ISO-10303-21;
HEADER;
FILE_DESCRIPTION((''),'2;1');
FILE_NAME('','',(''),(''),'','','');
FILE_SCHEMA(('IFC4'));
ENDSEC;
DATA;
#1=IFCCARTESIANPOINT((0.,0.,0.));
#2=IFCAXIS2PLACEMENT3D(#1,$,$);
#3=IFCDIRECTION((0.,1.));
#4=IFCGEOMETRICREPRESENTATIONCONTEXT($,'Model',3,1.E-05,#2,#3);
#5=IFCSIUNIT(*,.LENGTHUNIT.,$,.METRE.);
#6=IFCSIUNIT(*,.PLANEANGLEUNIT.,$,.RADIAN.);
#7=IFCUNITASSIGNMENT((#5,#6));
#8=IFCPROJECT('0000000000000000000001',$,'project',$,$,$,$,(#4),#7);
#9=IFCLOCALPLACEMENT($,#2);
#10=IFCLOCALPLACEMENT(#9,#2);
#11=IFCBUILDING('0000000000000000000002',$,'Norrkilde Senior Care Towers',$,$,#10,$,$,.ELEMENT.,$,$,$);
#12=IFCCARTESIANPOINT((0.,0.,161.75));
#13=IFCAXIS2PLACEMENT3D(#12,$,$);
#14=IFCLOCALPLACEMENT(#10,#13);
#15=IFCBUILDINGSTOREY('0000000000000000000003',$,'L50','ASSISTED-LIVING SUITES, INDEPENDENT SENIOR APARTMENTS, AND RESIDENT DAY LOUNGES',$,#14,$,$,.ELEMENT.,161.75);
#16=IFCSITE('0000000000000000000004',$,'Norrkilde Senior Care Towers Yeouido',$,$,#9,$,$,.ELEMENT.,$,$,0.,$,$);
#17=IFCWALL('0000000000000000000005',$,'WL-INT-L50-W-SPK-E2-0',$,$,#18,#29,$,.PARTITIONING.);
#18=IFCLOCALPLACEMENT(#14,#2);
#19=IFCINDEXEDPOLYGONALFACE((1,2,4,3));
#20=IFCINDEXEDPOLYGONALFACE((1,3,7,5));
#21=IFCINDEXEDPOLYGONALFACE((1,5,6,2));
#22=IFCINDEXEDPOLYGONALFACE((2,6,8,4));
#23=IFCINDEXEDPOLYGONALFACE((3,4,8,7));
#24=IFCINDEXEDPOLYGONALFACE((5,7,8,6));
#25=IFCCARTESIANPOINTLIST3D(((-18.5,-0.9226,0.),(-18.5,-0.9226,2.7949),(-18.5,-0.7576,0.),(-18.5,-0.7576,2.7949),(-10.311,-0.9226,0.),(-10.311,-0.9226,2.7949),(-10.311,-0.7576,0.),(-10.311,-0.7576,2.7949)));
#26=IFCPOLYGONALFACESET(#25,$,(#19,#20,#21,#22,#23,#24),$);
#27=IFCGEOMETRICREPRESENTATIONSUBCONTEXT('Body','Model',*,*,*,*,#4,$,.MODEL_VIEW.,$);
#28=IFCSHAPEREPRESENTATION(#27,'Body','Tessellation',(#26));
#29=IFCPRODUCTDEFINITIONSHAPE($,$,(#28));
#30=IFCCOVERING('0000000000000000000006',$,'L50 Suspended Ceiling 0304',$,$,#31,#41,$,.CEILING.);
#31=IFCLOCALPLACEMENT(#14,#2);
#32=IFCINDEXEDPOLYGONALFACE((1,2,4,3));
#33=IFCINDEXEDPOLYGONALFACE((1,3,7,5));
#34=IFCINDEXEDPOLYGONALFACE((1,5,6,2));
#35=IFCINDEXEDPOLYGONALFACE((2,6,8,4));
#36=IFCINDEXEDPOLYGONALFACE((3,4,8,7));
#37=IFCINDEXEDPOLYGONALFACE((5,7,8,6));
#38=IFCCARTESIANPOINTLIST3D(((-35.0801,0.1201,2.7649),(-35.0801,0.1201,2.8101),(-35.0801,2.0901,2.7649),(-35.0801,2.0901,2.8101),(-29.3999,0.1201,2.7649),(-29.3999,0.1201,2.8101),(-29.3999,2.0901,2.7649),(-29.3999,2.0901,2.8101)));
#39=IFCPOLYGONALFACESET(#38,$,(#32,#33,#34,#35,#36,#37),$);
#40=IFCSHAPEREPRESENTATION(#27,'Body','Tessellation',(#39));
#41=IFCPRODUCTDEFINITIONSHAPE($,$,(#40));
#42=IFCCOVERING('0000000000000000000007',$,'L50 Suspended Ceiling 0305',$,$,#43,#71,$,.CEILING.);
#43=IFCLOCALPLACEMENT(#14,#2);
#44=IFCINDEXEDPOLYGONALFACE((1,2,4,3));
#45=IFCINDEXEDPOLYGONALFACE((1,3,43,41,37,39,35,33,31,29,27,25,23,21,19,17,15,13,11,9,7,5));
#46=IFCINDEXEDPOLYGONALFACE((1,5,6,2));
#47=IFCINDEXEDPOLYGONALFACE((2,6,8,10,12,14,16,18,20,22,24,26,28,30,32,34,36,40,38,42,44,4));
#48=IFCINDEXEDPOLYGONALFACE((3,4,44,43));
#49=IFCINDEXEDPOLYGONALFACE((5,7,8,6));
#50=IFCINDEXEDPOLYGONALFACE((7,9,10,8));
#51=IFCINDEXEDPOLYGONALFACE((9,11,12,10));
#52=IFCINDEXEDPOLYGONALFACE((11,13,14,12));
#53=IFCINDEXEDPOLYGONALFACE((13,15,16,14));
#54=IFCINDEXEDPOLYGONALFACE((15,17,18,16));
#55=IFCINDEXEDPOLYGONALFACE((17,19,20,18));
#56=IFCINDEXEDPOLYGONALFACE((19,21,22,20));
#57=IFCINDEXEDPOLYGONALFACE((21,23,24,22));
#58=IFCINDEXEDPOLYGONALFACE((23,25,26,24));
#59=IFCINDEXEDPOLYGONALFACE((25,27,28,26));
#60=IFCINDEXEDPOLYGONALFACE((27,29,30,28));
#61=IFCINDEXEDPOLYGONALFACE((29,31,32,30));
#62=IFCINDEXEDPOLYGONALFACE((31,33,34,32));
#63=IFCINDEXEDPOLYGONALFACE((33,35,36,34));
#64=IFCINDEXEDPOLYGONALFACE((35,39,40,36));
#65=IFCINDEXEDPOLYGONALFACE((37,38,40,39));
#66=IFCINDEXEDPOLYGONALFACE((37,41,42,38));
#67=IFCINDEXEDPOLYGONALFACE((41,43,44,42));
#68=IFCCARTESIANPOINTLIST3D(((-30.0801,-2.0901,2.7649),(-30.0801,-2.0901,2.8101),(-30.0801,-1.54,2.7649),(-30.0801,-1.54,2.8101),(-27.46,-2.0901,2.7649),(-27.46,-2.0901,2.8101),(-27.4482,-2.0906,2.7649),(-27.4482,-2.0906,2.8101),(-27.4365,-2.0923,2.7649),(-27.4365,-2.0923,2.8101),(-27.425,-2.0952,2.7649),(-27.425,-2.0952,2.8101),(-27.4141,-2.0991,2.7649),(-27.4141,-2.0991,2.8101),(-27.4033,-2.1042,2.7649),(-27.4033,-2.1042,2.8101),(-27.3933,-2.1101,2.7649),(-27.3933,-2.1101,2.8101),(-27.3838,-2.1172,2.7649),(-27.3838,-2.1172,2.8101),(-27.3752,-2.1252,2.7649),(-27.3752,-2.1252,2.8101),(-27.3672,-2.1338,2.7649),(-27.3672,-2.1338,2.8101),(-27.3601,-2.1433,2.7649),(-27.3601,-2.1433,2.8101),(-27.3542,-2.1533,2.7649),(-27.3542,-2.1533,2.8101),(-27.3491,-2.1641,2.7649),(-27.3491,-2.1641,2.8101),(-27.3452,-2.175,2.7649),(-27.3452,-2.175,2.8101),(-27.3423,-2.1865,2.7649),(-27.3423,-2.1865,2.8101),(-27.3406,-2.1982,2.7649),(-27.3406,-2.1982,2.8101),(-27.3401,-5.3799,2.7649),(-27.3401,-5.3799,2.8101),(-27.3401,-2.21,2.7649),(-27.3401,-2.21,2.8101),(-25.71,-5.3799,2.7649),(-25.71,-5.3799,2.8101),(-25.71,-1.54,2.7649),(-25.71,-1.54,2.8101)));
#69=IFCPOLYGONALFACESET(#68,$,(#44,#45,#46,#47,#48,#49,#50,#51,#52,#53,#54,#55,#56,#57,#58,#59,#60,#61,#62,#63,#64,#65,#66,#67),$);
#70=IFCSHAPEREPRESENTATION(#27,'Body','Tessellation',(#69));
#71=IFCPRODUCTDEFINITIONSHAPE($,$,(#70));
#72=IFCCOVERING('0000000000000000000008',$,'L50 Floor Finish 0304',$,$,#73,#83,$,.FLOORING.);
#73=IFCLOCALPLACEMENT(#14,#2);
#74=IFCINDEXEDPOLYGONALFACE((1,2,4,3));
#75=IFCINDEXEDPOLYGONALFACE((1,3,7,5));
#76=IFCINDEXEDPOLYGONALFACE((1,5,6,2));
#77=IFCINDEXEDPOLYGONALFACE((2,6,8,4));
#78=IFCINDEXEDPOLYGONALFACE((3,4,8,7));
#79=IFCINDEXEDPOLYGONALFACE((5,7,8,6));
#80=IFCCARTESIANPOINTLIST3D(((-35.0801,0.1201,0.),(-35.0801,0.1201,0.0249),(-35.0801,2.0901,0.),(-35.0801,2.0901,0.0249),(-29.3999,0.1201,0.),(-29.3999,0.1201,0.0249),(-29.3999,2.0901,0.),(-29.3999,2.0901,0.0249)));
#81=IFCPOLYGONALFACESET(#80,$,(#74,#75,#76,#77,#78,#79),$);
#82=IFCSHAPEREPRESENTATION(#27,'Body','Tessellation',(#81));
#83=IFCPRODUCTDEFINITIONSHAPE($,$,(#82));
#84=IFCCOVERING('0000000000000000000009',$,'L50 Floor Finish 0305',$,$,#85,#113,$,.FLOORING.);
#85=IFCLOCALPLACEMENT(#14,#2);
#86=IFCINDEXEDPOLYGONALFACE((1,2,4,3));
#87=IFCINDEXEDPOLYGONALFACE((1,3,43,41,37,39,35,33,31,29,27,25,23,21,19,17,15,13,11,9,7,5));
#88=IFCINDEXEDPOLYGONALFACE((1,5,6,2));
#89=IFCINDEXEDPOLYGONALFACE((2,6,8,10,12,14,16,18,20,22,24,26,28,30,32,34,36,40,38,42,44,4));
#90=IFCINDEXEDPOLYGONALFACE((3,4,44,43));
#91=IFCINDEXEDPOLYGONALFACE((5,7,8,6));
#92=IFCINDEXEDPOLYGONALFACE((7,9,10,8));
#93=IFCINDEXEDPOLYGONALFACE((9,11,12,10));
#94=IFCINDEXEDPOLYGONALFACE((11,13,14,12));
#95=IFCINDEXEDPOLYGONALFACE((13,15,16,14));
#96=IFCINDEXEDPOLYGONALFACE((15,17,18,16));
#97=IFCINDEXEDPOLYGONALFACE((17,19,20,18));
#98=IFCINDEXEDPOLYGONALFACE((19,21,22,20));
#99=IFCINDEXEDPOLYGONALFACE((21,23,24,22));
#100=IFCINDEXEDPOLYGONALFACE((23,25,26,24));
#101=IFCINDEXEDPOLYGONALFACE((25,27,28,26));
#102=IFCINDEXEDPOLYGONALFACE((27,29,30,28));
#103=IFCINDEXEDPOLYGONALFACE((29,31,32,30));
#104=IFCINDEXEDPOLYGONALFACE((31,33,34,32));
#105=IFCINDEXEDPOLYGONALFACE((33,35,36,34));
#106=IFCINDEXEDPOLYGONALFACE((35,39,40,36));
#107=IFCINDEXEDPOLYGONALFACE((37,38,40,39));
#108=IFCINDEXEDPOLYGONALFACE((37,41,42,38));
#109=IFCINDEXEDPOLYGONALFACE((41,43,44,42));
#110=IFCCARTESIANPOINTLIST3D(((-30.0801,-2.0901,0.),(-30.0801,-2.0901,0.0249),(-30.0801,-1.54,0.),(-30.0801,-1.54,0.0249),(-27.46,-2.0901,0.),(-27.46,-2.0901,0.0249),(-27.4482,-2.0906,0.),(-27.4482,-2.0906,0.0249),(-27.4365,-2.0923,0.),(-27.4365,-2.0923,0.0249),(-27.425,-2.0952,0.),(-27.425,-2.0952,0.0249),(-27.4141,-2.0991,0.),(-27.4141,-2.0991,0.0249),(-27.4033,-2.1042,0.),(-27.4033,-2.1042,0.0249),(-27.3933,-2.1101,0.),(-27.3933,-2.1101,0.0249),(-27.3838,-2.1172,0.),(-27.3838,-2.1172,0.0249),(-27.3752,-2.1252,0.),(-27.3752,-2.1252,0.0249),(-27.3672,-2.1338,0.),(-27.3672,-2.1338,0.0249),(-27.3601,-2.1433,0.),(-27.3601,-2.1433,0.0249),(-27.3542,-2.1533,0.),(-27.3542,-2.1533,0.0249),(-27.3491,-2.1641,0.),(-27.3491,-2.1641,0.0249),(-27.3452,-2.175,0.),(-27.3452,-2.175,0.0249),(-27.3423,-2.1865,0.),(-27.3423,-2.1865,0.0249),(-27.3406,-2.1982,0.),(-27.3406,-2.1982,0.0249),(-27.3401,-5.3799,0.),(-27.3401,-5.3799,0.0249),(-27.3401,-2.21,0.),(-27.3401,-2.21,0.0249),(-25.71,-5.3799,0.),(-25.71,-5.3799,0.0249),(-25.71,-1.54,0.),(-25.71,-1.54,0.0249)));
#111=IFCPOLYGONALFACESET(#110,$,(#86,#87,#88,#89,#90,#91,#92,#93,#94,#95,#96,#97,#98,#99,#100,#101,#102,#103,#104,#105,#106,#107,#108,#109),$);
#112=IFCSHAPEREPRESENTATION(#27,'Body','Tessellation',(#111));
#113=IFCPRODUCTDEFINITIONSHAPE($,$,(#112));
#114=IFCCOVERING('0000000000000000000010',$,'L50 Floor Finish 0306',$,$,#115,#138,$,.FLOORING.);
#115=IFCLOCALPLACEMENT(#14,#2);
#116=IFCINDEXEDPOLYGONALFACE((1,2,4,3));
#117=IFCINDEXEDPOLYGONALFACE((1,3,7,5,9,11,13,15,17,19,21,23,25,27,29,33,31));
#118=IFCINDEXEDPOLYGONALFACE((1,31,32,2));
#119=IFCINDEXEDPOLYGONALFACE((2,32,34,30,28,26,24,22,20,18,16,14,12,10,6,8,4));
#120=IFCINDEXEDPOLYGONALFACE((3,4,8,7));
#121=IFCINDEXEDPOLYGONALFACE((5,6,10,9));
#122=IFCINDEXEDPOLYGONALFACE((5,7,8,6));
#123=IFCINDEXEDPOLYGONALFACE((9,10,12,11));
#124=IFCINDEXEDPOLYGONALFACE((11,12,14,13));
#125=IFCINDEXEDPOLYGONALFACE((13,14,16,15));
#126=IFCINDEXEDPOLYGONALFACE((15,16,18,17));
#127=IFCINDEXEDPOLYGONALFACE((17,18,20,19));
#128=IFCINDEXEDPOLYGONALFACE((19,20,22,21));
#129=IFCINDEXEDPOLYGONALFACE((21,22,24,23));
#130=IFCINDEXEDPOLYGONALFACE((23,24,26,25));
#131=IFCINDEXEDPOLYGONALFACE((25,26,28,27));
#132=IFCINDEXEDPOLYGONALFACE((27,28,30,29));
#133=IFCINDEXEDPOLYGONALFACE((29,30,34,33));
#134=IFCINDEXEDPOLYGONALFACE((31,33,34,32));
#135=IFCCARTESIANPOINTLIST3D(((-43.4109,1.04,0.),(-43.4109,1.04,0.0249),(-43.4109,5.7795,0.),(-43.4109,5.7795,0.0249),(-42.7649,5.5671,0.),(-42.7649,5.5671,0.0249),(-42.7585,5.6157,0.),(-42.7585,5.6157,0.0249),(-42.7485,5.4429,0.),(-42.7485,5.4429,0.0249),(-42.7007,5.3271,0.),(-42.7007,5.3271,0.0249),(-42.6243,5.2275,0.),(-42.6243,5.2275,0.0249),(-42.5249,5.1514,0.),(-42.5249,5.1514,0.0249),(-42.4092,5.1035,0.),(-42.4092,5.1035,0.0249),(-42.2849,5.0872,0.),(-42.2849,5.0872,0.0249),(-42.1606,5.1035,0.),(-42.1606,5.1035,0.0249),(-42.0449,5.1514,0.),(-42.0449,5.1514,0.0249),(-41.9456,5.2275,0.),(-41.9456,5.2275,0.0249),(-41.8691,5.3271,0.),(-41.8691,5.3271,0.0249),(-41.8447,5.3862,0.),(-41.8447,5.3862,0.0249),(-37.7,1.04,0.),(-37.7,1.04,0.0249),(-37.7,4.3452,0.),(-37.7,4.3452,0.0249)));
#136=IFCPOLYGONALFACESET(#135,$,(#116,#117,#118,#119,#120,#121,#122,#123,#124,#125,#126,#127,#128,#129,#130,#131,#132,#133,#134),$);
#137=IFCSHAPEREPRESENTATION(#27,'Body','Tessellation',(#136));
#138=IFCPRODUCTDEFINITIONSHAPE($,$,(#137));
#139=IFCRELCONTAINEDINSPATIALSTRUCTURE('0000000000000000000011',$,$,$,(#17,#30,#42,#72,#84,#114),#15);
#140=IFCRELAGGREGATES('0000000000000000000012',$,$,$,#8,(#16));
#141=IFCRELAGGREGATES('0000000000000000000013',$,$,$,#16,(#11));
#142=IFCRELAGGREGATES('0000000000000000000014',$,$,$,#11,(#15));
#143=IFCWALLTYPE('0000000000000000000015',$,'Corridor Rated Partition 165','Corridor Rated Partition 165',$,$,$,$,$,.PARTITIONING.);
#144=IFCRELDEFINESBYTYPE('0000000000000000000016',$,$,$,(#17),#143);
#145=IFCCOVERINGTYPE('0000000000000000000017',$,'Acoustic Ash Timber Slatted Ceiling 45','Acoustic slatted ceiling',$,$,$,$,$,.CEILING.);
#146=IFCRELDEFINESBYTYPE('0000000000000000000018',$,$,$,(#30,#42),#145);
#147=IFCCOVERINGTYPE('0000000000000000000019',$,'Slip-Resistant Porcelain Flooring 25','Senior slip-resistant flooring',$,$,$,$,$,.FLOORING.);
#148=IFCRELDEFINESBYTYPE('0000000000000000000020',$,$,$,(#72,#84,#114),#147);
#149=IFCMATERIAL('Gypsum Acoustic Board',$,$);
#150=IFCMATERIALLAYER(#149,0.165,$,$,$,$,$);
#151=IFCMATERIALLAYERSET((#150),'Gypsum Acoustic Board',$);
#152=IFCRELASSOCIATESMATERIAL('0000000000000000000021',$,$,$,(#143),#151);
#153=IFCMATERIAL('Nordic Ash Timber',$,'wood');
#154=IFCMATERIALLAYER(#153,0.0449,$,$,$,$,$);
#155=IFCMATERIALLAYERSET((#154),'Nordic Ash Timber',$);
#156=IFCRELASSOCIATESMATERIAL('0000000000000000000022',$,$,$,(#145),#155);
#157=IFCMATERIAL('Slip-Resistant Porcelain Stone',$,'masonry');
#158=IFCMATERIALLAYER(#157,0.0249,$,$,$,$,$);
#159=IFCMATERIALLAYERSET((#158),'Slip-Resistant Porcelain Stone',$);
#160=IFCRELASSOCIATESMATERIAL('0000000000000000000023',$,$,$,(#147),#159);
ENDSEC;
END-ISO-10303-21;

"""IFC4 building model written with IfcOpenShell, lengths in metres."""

from ifc_helpers import new_model, si_unit, direction, frame, frame_2d, origin, place, context, subcontext, project, spatial, polyline, rectangle, outline, extrude, source, transform, mapped, material, layer, layer_set, type_object, type_shapes, element, save


model = new_model("IFC4")

# Units and contexts
model_context = context("Model", 3, precision=1e-05, world=origin(), true_north=direction((0.0, 1.0)))
body_context = subcontext(model_context, "Body", "Model", "MODEL_VIEW")
ifc_project = project(units=[si_unit("LENGTHUNIT", "METRE"), si_unit("PLANEANGLEUNIT", "RADIAN")], contexts=[model_context])

# Site, building, storey
site_placement = place(None, origin())
site = spatial("IfcSite", under=ifc_project, at=site_placement, Name="Norrkilde Senior Care Towers Yeouido", CompositionType="ELEMENT", RefElevation=0.0)
building_placement = place(site_placement, origin())
building = spatial("IfcBuilding", under=site, at=building_placement, Name="Norrkilde Senior Care Towers", CompositionType="ELEMENT")
storey_placement = place(building_placement, frame((0.0, 0.0, 161.75)))
storey = spatial("IfcBuildingStorey", under=building, at=storey_placement, Name="L50", Description="ASSISTED-LIVING SUITES, INDEPENDENT SENIOR APARTMENTS, AND RESIDENT DAY LOUNGES", CompositionType="ELEMENT", Elevation=161.75)

# Wall
ifc_material_1 = material(Name="Gypsum Acoustic Board")
ifc_layer_1 = layer(ifc_material_1, 0.165)
ifc_layer_set_1 = layer_set([ifc_layer_1], Name="Gypsum Acoustic Board")
wall_type = type_object("IfcWallType", Name="Corridor Rated Partition 165", Description="Corridor Rated Partition 165", PredefinedType="PARTITIONING", material=ifc_layer_set_1)
shared_shape_1 = source(origin(), body_context, "Body", "SweptSolid", [
    extrude(rectangle(XDim=8.189, YDim=0.165, at=frame_2d((4.0945, 0.0))), origin(), (0.0, 0.0, 1.0), 2.7949),
])
type_shapes(wall_type, [shared_shape_1])
wall_placement = place(storey_placement, frame((-10.311, -0.8401, 0.0), z_axis=(0.0, 0.0, 1.0), x_axis=(-1.0, 0.0, 0.0)))
element("IfcWall", 1, at=wall_placement, inside=storey, type_object=wall_type, Name="WL-INT-L50-W-SPK-E2-0", PredefinedType="PARTITIONING", context=body_context, shape_type="MappedRepresentation", body=[
    mapped(shared_shape_1, transform((0.0, 0.0, 0.0), x_axis=(1.0, 0.0, 0.0), y_axis=(0.0, 1.0, 0.0), z_axis=(0.0, 0.0, 1.0), scale=1.0)),
])

# Coverings
ifc_material_2 = material(Name="Nordic Ash Timber", Category="wood")
ifc_layer_2 = layer(ifc_material_2, 0.0449)
ifc_layer_set_2 = layer_set([ifc_layer_2], Name="Nordic Ash Timber")
covering_type_1 = type_object("IfcCoveringType", Name="Acoustic Ash Timber Slatted Ceiling 45", Description="Acoustic slatted ceiling", PredefinedType="CEILING", material=ifc_layer_set_2)
covering_1_placement = place(storey_placement, frame((0.0, 0.0, 2.7649)))
element("IfcCovering", 2, at=covering_1_placement, inside=storey, type_object=covering_type_1, Name="L50 Suspended Ceiling 0304", PredefinedType="CEILING", context=body_context, shape_type="SweptSolid", body=[
    extrude(outline(polyline([(-29.3999, 0.1201), (-35.0801, 0.1201), (-35.0801, 2.0901), (-29.3999, 2.0901), (-29.3999, 0.1201)])), origin(), (0.0, 0.0, 1.0), 0.0452),
])
covering_2_placement = place(storey_placement, frame((0.0, 0.0, 2.7649)))
element("IfcCovering", 3, at=covering_2_placement, inside=storey, type_object=covering_type_1, Name="L50 Suspended Ceiling 0305", PredefinedType="CEILING", context=body_context, shape_type="SweptSolid", body=[
    extrude(outline(polyline([(-27.3452, -2.175), (-27.3491, -2.1641), (-27.3542, -2.1533), (-27.3601, -2.1433), (-27.3672, -2.1338), (-27.3752, -2.1252), (-27.3838, -2.1172), (-27.3933, -2.1101), (-27.4033, -2.1042), (-27.4141, -2.0991), (-27.425, -2.0952), (-27.4365, -2.0923), (-27.4482, -2.0906), (-27.46, -2.0901), (-30.0801, -2.0901), (-30.0801, -1.54), (-25.71, -1.54), (-25.71, -5.3799), (-27.3401, -5.3799), (-27.3401, -2.21), (-27.3406, -2.1982), (-27.3423, -2.1865), (-27.3452, -2.175)])), origin(), (0.0, 0.0, 1.0), 0.0452),
])
ifc_material_3 = material(Name="Slip-Resistant Porcelain Stone", Category="masonry")
ifc_layer_3 = layer(ifc_material_3, 0.0249)
ifc_layer_set_3 = layer_set([ifc_layer_3], Name="Slip-Resistant Porcelain Stone")
covering_type_2 = type_object("IfcCoveringType", Name="Slip-Resistant Porcelain Flooring 25", Description="Senior slip-resistant flooring", PredefinedType="FLOORING", material=ifc_layer_set_3)
covering_3_placement = place(storey_placement, origin())
element("IfcCovering", 4, at=covering_3_placement, inside=storey, type_object=covering_type_2, Name="L50 Floor Finish 0304", PredefinedType="FLOORING", context=body_context, shape_type="SweptSolid", body=[
    extrude(outline(polyline([(-29.3999, 0.1201), (-35.0801, 0.1201), (-35.0801, 2.0901), (-29.3999, 2.0901), (-29.3999, 0.1201)])), origin(), (0.0, 0.0, 1.0), 0.0249),
])
covering_4_placement = place(storey_placement, origin())
element("IfcCovering", 5, at=covering_4_placement, inside=storey, type_object=covering_type_2, Name="L50 Floor Finish 0305", PredefinedType="FLOORING", context=body_context, shape_type="SweptSolid", body=[
    extrude(outline(polyline([(-27.3452, -2.175), (-27.3491, -2.1641), (-27.3542, -2.1533), (-27.3601, -2.1433), (-27.3672, -2.1338), (-27.3752, -2.1252), (-27.3838, -2.1172), (-27.3933, -2.1101), (-27.4033, -2.1042), (-27.4141, -2.0991), (-27.425, -2.0952), (-27.4365, -2.0923), (-27.4482, -2.0906), (-27.46, -2.0901), (-30.0801, -2.0901), (-30.0801, -1.54), (-25.71, -1.54), (-25.71, -5.3799), (-27.3401, -5.3799), (-27.3401, -2.21), (-27.3406, -2.1982), (-27.3423, -2.1865), (-27.3452, -2.175)])), origin(), (0.0, 0.0, 1.0), 0.0249),
])
covering_5_placement = place(storey_placement, origin())
element("IfcCovering", 6, at=covering_5_placement, inside=storey, type_object=covering_type_2, Name="L50 Floor Finish 0306", PredefinedType="FLOORING", context=body_context, shape_type="SweptSolid", body=[
    extrude(outline(polyline([(-37.7, 1.04), (-43.4109, 1.04), (-43.4109, 5.7795), (-42.7585, 5.6157), (-42.7649, 5.5671), (-42.7485, 5.4429), (-42.7007, 5.3271), (-42.6243, 5.2275), (-42.5249, 5.1514), (-42.4092, 5.1035), (-42.2849, 5.0872), (-42.1606, 5.1035), (-42.0449, 5.1514), (-41.9456, 5.2275), (-41.8691, 5.3271), (-41.8447, 5.3862), (-37.7, 4.3452), (-37.7, 1.04)])), origin(), (0.0, 0.0, 1.0), 0.0249),
])

save(model, "model.ifc")
